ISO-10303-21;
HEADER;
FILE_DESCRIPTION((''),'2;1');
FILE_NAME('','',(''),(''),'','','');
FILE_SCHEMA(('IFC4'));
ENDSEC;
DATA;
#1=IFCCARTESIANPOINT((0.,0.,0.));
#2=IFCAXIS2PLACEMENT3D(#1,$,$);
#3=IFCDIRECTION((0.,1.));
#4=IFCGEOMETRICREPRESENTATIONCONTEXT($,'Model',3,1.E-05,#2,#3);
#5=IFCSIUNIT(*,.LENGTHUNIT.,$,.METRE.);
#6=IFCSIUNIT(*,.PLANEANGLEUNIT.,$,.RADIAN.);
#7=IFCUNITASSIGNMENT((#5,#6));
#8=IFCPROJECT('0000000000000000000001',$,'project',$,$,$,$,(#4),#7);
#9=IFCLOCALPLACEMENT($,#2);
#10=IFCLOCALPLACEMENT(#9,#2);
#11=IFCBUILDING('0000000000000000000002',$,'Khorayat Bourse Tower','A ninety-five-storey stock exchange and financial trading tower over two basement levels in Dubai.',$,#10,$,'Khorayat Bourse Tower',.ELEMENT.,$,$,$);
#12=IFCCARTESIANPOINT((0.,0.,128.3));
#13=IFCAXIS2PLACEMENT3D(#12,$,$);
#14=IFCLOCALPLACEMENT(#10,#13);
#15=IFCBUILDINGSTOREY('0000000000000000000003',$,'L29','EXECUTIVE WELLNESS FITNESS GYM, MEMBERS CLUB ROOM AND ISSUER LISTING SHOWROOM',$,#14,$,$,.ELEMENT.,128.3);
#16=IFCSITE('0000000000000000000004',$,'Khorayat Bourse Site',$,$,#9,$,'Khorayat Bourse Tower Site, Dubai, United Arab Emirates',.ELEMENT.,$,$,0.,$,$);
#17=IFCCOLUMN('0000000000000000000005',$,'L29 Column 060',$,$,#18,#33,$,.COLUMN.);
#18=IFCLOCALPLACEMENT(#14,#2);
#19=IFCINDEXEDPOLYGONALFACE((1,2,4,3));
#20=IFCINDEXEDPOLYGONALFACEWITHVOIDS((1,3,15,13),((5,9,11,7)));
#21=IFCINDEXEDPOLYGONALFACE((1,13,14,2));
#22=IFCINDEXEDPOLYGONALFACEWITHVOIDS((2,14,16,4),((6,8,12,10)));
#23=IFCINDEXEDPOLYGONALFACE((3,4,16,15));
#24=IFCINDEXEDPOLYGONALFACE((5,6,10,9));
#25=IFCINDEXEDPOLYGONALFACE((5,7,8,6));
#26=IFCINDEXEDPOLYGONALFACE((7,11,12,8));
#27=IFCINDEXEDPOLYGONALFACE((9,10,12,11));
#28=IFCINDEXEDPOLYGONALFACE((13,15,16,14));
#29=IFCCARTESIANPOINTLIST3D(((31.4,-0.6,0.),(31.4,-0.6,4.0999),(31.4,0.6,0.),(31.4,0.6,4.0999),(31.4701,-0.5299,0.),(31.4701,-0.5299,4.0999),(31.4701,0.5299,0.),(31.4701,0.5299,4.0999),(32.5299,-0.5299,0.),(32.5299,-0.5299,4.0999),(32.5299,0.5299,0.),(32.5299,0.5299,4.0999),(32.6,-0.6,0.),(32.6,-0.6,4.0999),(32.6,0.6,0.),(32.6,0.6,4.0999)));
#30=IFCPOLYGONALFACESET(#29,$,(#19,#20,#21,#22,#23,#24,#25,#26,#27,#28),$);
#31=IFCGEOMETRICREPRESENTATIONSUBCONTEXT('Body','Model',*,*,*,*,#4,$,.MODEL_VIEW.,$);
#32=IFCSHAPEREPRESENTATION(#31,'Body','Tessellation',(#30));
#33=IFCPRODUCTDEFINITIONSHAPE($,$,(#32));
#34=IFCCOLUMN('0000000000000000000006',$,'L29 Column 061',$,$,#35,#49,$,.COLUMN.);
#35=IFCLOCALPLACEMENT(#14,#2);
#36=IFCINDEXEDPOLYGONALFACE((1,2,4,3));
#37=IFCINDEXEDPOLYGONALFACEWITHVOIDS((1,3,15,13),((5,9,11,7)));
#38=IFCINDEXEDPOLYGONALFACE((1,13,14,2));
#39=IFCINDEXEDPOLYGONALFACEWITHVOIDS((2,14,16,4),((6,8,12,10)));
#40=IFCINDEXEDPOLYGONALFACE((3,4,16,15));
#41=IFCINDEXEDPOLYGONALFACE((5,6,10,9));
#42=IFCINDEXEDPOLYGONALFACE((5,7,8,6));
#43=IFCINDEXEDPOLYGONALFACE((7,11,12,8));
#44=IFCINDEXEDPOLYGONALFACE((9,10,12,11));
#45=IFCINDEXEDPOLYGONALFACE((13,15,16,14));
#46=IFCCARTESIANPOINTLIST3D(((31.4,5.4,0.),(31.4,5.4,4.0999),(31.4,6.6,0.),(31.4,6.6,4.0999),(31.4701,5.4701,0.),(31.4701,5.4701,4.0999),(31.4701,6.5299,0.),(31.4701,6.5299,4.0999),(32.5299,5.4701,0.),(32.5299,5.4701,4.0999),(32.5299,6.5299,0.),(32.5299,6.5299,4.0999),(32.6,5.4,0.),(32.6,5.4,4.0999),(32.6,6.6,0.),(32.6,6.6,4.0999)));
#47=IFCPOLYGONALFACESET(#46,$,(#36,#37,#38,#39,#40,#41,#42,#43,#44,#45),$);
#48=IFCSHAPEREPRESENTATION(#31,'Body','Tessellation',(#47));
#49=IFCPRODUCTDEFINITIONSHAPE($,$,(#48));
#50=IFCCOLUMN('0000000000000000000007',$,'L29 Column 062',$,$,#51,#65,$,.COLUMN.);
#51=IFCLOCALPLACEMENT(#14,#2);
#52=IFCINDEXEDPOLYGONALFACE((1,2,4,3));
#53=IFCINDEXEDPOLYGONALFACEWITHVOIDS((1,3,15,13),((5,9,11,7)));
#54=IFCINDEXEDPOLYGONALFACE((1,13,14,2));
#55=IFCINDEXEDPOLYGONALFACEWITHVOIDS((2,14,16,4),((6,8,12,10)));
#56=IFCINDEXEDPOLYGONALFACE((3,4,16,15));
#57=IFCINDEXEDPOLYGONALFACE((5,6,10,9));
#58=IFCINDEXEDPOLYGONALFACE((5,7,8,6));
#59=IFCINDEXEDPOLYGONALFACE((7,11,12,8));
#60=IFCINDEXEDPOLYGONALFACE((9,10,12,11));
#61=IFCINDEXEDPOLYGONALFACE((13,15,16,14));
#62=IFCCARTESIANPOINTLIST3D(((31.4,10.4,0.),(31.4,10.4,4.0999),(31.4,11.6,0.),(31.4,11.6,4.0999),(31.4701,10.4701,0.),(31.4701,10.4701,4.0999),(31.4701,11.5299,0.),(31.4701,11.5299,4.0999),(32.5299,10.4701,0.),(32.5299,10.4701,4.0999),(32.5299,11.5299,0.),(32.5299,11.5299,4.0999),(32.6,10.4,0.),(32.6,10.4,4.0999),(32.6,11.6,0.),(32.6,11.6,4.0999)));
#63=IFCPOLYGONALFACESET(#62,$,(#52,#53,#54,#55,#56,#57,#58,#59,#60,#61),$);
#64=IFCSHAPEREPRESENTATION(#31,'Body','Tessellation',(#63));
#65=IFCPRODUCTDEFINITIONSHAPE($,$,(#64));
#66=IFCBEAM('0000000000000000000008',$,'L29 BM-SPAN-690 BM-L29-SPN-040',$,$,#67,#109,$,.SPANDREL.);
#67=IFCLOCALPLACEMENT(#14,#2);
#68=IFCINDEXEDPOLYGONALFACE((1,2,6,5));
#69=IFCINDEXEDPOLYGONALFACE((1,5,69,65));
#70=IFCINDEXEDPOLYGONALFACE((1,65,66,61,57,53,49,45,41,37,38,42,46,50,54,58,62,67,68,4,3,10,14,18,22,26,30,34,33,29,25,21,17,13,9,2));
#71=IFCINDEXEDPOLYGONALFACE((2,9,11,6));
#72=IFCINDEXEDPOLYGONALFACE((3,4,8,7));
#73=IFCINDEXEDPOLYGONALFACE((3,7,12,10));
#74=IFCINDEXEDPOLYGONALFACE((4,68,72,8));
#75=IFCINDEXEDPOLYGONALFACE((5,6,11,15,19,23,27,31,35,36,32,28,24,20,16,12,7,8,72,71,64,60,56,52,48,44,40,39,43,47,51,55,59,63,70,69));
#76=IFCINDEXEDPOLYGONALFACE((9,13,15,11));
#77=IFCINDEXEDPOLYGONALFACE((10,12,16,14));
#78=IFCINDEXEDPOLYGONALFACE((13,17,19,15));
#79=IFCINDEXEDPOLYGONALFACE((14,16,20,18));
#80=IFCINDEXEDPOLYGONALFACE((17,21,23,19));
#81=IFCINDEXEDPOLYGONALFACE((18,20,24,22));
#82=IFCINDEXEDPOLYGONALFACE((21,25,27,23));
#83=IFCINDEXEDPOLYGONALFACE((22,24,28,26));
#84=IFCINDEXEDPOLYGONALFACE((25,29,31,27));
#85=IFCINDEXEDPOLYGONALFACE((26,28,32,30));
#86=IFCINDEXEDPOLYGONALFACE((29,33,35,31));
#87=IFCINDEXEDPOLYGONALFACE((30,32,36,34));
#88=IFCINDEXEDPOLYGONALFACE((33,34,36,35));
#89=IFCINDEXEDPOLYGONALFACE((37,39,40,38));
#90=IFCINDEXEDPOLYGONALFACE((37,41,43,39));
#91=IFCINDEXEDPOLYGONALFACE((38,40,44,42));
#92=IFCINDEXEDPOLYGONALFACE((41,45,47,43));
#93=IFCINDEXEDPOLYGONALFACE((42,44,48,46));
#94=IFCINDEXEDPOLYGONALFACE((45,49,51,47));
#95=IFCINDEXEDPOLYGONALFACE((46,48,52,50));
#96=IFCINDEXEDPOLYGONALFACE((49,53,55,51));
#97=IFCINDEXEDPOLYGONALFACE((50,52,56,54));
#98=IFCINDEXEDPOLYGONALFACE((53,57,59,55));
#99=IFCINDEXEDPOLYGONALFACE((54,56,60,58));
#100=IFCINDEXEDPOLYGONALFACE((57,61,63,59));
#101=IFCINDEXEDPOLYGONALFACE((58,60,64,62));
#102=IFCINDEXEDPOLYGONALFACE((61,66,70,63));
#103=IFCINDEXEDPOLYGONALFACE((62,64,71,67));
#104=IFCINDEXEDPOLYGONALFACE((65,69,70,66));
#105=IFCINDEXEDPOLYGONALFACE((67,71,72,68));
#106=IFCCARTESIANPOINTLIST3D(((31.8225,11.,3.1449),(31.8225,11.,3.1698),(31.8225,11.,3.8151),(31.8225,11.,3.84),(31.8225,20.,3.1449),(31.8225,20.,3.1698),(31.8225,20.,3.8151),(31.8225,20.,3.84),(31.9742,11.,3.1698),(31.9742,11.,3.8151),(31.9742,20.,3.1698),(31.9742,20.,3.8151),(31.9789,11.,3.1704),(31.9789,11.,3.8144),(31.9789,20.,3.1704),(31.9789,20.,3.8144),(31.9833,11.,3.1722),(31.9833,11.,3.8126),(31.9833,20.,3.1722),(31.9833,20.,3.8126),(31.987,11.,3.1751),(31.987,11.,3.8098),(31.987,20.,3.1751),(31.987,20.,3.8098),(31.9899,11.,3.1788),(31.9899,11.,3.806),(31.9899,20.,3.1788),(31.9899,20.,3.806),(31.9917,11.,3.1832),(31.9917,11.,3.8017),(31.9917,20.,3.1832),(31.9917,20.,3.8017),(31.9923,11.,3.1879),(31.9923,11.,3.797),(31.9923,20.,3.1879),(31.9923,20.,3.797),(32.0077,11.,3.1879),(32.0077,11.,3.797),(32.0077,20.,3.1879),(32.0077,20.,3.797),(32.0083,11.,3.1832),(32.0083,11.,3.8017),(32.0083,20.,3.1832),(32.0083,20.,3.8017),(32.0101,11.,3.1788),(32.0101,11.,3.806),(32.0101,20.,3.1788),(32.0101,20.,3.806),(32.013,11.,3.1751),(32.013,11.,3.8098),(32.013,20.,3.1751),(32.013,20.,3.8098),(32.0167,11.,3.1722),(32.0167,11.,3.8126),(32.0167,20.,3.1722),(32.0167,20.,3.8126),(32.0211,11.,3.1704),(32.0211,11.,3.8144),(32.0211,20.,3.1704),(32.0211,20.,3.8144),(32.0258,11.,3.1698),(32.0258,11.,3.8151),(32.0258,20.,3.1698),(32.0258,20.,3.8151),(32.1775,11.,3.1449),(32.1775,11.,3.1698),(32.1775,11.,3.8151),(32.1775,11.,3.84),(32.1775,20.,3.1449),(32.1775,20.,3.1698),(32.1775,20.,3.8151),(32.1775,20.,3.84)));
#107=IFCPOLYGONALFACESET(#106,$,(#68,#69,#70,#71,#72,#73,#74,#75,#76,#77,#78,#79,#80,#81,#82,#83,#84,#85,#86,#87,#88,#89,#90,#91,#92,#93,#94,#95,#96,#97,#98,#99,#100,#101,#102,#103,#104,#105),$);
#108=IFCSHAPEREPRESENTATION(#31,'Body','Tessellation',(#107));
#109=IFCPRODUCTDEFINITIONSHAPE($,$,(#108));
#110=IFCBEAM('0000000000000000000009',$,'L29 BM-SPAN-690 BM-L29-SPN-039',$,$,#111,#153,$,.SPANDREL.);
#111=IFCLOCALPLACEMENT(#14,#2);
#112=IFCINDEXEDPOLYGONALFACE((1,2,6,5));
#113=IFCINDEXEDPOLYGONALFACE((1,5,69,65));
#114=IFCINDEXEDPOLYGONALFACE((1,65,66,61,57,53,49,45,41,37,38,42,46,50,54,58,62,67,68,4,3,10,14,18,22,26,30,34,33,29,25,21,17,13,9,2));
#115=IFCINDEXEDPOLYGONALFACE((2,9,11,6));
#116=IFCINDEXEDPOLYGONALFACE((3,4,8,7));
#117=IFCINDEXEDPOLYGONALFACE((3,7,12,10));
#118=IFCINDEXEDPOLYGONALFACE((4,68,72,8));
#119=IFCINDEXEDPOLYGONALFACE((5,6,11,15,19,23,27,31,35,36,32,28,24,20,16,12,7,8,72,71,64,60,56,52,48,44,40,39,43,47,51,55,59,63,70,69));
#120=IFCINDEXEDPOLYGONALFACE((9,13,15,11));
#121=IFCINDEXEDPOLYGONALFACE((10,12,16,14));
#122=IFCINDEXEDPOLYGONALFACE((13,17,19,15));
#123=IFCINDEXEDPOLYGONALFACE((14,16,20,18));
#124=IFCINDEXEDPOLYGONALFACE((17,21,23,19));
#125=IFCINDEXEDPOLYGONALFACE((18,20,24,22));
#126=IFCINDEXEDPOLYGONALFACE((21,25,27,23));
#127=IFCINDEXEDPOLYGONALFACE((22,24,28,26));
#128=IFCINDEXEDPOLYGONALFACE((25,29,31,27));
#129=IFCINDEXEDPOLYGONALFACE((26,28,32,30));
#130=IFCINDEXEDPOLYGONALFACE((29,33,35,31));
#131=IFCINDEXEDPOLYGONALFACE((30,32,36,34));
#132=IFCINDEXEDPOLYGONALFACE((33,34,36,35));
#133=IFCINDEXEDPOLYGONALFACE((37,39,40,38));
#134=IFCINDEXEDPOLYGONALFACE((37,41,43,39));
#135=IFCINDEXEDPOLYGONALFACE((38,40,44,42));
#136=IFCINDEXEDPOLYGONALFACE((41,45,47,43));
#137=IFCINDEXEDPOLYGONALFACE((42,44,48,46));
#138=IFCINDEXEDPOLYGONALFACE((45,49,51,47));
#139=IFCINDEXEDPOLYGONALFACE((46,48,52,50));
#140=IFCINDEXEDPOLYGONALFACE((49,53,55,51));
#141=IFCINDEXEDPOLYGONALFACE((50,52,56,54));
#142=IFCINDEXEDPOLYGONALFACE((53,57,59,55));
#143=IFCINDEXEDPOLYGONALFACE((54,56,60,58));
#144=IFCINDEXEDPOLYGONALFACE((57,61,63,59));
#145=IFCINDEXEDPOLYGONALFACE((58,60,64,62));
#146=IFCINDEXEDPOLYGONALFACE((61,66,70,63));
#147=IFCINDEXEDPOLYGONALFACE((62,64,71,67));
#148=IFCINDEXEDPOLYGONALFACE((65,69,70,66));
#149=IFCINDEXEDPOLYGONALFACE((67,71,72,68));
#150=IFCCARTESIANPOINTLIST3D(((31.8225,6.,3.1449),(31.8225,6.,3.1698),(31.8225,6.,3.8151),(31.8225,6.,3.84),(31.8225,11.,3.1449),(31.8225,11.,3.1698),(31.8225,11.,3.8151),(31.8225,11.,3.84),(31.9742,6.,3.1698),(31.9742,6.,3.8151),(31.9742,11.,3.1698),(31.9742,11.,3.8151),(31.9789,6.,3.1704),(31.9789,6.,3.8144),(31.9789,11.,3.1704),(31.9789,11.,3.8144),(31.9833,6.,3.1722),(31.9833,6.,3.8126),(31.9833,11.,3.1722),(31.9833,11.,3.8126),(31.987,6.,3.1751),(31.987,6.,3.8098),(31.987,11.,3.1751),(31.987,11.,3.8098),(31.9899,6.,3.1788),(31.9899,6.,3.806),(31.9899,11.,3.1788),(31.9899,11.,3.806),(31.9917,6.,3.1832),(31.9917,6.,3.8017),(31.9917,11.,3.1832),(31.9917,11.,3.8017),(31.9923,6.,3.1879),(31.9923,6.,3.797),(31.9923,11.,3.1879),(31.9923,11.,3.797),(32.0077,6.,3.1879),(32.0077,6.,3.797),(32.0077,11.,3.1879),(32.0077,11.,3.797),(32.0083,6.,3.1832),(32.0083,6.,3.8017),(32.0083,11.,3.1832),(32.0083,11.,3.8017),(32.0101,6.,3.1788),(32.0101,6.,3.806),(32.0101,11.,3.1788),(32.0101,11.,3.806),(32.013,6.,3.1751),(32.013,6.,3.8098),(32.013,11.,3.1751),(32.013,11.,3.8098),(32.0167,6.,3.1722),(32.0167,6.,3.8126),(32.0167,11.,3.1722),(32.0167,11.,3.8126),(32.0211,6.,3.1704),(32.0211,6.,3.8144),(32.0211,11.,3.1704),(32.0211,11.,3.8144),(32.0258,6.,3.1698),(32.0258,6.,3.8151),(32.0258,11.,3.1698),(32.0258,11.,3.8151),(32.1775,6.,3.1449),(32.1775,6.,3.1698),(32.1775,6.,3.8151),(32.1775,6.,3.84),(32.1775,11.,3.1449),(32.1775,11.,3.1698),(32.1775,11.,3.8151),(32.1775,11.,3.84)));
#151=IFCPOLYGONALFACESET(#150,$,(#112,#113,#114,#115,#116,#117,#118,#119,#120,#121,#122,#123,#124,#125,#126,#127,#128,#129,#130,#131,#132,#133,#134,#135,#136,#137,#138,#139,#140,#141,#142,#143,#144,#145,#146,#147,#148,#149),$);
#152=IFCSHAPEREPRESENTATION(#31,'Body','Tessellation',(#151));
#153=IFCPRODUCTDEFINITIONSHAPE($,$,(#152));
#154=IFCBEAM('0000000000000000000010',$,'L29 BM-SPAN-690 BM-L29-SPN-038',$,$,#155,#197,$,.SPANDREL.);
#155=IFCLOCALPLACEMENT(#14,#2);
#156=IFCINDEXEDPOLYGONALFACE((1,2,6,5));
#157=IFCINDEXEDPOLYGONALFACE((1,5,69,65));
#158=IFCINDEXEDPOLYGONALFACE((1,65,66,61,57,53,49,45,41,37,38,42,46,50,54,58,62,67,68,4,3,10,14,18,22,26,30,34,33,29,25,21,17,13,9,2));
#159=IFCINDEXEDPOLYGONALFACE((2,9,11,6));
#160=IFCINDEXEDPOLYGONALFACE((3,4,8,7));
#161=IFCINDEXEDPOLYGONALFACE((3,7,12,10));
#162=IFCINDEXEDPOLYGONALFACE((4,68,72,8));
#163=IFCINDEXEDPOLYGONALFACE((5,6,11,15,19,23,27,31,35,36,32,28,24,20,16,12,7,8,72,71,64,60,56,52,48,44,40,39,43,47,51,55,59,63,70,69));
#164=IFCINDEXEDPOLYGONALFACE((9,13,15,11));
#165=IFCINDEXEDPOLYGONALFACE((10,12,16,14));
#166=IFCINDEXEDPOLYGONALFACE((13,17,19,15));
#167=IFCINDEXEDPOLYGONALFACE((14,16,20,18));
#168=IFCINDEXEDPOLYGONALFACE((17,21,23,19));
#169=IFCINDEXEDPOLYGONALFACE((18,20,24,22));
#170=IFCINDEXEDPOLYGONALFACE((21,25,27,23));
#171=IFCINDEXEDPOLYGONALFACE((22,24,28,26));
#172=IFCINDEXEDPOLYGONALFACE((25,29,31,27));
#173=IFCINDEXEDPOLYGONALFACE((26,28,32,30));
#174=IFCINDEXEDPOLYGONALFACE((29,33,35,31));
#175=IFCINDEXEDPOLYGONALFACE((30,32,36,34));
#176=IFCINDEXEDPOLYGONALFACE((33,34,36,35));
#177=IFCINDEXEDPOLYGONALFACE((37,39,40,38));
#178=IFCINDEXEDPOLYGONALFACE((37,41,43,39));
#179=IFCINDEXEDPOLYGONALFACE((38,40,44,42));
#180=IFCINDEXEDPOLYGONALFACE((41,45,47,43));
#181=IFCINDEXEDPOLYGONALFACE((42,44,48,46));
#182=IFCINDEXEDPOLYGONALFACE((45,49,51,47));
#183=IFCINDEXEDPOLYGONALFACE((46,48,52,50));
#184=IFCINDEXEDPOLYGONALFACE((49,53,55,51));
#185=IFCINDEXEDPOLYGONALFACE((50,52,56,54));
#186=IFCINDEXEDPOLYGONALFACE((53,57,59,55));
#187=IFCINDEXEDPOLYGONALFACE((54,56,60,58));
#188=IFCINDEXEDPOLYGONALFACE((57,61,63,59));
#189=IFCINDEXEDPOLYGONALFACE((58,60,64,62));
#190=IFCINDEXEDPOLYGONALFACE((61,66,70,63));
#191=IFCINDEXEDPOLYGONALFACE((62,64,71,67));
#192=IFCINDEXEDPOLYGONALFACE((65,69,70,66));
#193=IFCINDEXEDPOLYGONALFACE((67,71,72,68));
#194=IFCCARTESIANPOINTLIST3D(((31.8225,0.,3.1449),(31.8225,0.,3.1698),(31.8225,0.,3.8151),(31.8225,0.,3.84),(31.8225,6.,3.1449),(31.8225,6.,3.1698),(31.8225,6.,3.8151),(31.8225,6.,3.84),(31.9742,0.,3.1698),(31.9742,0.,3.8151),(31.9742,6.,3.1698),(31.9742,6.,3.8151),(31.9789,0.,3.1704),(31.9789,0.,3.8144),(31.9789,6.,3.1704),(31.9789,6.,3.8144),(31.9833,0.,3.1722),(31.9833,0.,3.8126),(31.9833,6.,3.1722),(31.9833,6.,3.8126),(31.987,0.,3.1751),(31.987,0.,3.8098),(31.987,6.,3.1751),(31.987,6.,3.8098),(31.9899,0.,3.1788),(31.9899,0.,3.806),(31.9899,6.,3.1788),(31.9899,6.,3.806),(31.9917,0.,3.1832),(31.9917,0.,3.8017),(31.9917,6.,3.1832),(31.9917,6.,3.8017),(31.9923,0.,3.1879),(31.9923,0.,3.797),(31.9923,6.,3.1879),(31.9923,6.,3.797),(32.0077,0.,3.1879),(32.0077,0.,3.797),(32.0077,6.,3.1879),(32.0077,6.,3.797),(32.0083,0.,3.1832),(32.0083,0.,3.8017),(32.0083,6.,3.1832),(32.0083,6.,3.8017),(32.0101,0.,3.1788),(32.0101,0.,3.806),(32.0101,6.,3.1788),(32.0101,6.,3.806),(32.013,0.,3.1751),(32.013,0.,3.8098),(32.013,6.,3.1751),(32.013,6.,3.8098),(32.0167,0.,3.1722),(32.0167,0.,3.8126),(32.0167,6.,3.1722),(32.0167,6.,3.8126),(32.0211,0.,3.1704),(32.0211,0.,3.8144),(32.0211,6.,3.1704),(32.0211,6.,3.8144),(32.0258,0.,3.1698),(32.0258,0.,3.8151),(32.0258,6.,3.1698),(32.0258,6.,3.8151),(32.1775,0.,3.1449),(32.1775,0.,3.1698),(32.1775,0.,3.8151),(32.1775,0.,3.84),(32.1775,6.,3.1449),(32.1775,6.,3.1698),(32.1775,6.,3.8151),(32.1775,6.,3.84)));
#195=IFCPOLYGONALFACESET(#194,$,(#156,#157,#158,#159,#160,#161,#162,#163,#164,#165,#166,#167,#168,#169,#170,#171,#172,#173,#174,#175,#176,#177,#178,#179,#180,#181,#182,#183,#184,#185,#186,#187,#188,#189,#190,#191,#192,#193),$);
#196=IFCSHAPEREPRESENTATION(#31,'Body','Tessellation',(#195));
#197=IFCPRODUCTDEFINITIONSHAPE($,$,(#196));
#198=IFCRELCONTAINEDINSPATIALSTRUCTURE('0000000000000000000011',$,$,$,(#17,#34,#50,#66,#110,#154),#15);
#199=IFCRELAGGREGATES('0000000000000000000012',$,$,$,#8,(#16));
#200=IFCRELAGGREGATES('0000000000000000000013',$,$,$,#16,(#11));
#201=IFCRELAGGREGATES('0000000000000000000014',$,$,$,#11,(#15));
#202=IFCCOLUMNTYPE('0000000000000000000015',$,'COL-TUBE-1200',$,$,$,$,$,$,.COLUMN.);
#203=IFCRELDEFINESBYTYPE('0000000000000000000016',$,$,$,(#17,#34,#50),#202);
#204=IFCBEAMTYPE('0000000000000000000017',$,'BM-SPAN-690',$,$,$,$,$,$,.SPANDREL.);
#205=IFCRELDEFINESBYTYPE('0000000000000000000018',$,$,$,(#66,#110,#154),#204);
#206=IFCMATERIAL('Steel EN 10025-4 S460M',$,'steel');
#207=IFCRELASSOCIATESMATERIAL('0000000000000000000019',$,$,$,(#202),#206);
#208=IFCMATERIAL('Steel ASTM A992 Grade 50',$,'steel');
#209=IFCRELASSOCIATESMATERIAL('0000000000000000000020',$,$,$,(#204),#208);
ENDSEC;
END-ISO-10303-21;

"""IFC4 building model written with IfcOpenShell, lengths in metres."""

from ifc_helpers import new_model, si_unit, direction, frame, origin, origin_2d, place, context, subcontext, project, spatial, hollow_rectangle, i_section, extrude, source, transform, mapped, material, material_profile, profile_set, type_object, element, save


model = new_model("IFC4")

# Units and contexts
model_context = context("Model", 3, precision=1e-05, world=origin(), true_north=direction((0.0, 1.0)))
body_context = subcontext(model_context, "Body", "Model", "MODEL_VIEW")
ifc_project = project(units=[si_unit("LENGTHUNIT", "METRE"), si_unit("PLANEANGLEUNIT", "RADIAN")], contexts=[model_context])

# Site, building, storey
site_placement = place(None, origin())
site = spatial("IfcSite", under=ifc_project, at=site_placement, Name="Khorayat Bourse Site", LongName="Khorayat Bourse Tower Site, Dubai, United Arab Emirates", CompositionType="ELEMENT", RefElevation=0.0)
building_placement = place(site_placement, origin())
building = spatial("IfcBuilding", under=site, at=building_placement, Name="Khorayat Bourse Tower", Description="A ninety-five-storey stock exchange and financial trading tower over two basement levels in Dubai.", LongName="Khorayat Bourse Tower", CompositionType="ELEMENT")
storey_placement = place(building_placement, frame((0.0, 0.0, 128.3)))
storey = spatial("IfcBuildingStorey", under=building, at=storey_placement, Name="L29", Description="EXECUTIVE WELLNESS FITNESS GYM, MEMBERS CLUB ROOM AND ISSUER LISTING SHOWROOM", CompositionType="ELEMENT", Elevation=128.3)

# Columns
ifc_material_1 = material(Name="Steel EN 10025-4 S460M", Category="steel")
ifc_material_profile_1 = material_profile(ifc_material_1, hollow_rectangle(XDim=1.2, YDim=1.2, WallThickness=0.0701, at=origin_2d()), Name="BOX 1200x1200x70")
ifc_profile_set_1 = profile_set([ifc_material_profile_1], Name="Steel EN 10025-4 S460M")
column_type = type_object("IfcColumnType", Name="COL-TUBE-1200", PredefinedType="COLUMN", material=ifc_profile_set_1)
shared_shape_1 = source(origin(), body_context, "Body", "SweptSolid", [
    extrude(hollow_rectangle(XDim=1.2, YDim=1.2, WallThickness=0.0701, at=origin_2d()), origin(), (0.0, 0.0, 1.0), 4.0999),
])
for number, where, z_axis, x_axis, name in (
    (1, (32.0, 0.0, 0.0), (0.0, 0.0, 1.0), (1.0, 0.0, 0.0), "L29 Column 060"),
    (2, (32.0, 6.0, 0.0), (0.0, 0.0, 1.0), (1.0, 0.0, 0.0), "L29 Column 061"),
    (3, (32.0, 11.0, 0.0), (0.0, 0.0, 1.0), (1.0, 0.0, 0.0), "L29 Column 062"),
):
    element("IfcColumn", number, at=place(storey_placement, frame(where, z_axis=z_axis, x_axis=x_axis)), inside=storey, type_object=column_type, Name=name, PredefinedType="COLUMN", context=body_context, shape_type="MappedRepresentation", body=[
        mapped(shared_shape_1, transform((0.0, 0.0, 0.0), scale=1.0)),
    ])

# Beams
ifc_material_2 = material(Name="Steel ASTM A992 Grade 50", Category="steel")
ifc_material_profile_2 = material_profile(ifc_material_2, i_section(OverallWidth=0.355, OverallDepth=0.6951, WebThickness=0.0154, FlangeThickness=0.0249, FilletRadius=0.0181, at=origin_2d()), Name="W690X217")
ifc_profile_set_2 = profile_set([ifc_material_profile_2], Name="Steel ASTM A992 Grade 50")
beam_type_1 = type_object("IfcBeamType", Name="BM-SPAN-690", PredefinedType="SPANDREL", material=ifc_profile_set_2)
shared_shape_2 = source(origin(), body_context, "Body", "SweptSolid", [
    extrude(i_section(OverallWidth=0.355, OverallDepth=0.6951, WebThickness=0.0154, FlangeThickness=0.0249, FilletRadius=0.0181, at=origin_2d()), origin(), (0.0, 0.0, 1.0), 9.0),
])
beam_1_placement = place(storey_placement, frame((32.0, 11.0, 3.4924), z_axis=(0.0, 1.0, 0.0), x_axis=(-1.0, 0.0, 0.0)))
element("IfcBeam", 4, at=beam_1_placement, inside=storey, type_object=beam_type_1, Name="L29 BM-SPAN-690 BM-L29-SPN-040", PredefinedType="SPANDREL", context=body_context, shape_type="MappedRepresentation", body=[
    mapped(shared_shape_2, transform((0.0, 0.0, 0.0), scale=1.0)),
])
shared_shape_3 = source(origin(), body_context, "Body", "SweptSolid", [
    extrude(i_section(OverallWidth=0.355, OverallDepth=0.6951, WebThickness=0.0154, FlangeThickness=0.0249, FilletRadius=0.0181, at=origin_2d()), origin(), (0.0, 0.0, 1.0), 5.0),
])
beam_2_placement = place(storey_placement, frame((32.0, 6.0, 3.4924), z_axis=(0.0, 1.0, 0.0), x_axis=(-1.0, 0.0, 0.0)))
element("IfcBeam", 5, at=beam_2_placement, inside=storey, type_object=beam_type_1, Name="L29 BM-SPAN-690 BM-L29-SPN-039", PredefinedType="SPANDREL", context=body_context, shape_type="MappedRepresentation", body=[
    mapped(shared_shape_3, transform((0.0, 0.0, 0.0), scale=1.0)),
])
shared_shape_4 = source(origin(), body_context, "Body", "SweptSolid", [
    extrude(i_section(OverallWidth=0.355, OverallDepth=0.6951, WebThickness=0.0154, FlangeThickness=0.0249, FilletRadius=0.0181, at=origin_2d()), origin(), (0.0, 0.0, 1.0), 6.0),
])
beam_3_placement = place(storey_placement, frame((32.0, 0.0, 3.4924), z_axis=(0.0, 1.0, 0.0), x_axis=(-1.0, 0.0, 0.0)))
element("IfcBeam", 6, at=beam_3_placement, inside=storey, type_object=beam_type_1, Name="L29 BM-SPAN-690 BM-L29-SPN-038", PredefinedType="SPANDREL", context=body_context, shape_type="MappedRepresentation", body=[
    mapped(shared_shape_4, transform((0.0, 0.0, 0.0), scale=1.0)),
])

save(model, "model.ifc")
